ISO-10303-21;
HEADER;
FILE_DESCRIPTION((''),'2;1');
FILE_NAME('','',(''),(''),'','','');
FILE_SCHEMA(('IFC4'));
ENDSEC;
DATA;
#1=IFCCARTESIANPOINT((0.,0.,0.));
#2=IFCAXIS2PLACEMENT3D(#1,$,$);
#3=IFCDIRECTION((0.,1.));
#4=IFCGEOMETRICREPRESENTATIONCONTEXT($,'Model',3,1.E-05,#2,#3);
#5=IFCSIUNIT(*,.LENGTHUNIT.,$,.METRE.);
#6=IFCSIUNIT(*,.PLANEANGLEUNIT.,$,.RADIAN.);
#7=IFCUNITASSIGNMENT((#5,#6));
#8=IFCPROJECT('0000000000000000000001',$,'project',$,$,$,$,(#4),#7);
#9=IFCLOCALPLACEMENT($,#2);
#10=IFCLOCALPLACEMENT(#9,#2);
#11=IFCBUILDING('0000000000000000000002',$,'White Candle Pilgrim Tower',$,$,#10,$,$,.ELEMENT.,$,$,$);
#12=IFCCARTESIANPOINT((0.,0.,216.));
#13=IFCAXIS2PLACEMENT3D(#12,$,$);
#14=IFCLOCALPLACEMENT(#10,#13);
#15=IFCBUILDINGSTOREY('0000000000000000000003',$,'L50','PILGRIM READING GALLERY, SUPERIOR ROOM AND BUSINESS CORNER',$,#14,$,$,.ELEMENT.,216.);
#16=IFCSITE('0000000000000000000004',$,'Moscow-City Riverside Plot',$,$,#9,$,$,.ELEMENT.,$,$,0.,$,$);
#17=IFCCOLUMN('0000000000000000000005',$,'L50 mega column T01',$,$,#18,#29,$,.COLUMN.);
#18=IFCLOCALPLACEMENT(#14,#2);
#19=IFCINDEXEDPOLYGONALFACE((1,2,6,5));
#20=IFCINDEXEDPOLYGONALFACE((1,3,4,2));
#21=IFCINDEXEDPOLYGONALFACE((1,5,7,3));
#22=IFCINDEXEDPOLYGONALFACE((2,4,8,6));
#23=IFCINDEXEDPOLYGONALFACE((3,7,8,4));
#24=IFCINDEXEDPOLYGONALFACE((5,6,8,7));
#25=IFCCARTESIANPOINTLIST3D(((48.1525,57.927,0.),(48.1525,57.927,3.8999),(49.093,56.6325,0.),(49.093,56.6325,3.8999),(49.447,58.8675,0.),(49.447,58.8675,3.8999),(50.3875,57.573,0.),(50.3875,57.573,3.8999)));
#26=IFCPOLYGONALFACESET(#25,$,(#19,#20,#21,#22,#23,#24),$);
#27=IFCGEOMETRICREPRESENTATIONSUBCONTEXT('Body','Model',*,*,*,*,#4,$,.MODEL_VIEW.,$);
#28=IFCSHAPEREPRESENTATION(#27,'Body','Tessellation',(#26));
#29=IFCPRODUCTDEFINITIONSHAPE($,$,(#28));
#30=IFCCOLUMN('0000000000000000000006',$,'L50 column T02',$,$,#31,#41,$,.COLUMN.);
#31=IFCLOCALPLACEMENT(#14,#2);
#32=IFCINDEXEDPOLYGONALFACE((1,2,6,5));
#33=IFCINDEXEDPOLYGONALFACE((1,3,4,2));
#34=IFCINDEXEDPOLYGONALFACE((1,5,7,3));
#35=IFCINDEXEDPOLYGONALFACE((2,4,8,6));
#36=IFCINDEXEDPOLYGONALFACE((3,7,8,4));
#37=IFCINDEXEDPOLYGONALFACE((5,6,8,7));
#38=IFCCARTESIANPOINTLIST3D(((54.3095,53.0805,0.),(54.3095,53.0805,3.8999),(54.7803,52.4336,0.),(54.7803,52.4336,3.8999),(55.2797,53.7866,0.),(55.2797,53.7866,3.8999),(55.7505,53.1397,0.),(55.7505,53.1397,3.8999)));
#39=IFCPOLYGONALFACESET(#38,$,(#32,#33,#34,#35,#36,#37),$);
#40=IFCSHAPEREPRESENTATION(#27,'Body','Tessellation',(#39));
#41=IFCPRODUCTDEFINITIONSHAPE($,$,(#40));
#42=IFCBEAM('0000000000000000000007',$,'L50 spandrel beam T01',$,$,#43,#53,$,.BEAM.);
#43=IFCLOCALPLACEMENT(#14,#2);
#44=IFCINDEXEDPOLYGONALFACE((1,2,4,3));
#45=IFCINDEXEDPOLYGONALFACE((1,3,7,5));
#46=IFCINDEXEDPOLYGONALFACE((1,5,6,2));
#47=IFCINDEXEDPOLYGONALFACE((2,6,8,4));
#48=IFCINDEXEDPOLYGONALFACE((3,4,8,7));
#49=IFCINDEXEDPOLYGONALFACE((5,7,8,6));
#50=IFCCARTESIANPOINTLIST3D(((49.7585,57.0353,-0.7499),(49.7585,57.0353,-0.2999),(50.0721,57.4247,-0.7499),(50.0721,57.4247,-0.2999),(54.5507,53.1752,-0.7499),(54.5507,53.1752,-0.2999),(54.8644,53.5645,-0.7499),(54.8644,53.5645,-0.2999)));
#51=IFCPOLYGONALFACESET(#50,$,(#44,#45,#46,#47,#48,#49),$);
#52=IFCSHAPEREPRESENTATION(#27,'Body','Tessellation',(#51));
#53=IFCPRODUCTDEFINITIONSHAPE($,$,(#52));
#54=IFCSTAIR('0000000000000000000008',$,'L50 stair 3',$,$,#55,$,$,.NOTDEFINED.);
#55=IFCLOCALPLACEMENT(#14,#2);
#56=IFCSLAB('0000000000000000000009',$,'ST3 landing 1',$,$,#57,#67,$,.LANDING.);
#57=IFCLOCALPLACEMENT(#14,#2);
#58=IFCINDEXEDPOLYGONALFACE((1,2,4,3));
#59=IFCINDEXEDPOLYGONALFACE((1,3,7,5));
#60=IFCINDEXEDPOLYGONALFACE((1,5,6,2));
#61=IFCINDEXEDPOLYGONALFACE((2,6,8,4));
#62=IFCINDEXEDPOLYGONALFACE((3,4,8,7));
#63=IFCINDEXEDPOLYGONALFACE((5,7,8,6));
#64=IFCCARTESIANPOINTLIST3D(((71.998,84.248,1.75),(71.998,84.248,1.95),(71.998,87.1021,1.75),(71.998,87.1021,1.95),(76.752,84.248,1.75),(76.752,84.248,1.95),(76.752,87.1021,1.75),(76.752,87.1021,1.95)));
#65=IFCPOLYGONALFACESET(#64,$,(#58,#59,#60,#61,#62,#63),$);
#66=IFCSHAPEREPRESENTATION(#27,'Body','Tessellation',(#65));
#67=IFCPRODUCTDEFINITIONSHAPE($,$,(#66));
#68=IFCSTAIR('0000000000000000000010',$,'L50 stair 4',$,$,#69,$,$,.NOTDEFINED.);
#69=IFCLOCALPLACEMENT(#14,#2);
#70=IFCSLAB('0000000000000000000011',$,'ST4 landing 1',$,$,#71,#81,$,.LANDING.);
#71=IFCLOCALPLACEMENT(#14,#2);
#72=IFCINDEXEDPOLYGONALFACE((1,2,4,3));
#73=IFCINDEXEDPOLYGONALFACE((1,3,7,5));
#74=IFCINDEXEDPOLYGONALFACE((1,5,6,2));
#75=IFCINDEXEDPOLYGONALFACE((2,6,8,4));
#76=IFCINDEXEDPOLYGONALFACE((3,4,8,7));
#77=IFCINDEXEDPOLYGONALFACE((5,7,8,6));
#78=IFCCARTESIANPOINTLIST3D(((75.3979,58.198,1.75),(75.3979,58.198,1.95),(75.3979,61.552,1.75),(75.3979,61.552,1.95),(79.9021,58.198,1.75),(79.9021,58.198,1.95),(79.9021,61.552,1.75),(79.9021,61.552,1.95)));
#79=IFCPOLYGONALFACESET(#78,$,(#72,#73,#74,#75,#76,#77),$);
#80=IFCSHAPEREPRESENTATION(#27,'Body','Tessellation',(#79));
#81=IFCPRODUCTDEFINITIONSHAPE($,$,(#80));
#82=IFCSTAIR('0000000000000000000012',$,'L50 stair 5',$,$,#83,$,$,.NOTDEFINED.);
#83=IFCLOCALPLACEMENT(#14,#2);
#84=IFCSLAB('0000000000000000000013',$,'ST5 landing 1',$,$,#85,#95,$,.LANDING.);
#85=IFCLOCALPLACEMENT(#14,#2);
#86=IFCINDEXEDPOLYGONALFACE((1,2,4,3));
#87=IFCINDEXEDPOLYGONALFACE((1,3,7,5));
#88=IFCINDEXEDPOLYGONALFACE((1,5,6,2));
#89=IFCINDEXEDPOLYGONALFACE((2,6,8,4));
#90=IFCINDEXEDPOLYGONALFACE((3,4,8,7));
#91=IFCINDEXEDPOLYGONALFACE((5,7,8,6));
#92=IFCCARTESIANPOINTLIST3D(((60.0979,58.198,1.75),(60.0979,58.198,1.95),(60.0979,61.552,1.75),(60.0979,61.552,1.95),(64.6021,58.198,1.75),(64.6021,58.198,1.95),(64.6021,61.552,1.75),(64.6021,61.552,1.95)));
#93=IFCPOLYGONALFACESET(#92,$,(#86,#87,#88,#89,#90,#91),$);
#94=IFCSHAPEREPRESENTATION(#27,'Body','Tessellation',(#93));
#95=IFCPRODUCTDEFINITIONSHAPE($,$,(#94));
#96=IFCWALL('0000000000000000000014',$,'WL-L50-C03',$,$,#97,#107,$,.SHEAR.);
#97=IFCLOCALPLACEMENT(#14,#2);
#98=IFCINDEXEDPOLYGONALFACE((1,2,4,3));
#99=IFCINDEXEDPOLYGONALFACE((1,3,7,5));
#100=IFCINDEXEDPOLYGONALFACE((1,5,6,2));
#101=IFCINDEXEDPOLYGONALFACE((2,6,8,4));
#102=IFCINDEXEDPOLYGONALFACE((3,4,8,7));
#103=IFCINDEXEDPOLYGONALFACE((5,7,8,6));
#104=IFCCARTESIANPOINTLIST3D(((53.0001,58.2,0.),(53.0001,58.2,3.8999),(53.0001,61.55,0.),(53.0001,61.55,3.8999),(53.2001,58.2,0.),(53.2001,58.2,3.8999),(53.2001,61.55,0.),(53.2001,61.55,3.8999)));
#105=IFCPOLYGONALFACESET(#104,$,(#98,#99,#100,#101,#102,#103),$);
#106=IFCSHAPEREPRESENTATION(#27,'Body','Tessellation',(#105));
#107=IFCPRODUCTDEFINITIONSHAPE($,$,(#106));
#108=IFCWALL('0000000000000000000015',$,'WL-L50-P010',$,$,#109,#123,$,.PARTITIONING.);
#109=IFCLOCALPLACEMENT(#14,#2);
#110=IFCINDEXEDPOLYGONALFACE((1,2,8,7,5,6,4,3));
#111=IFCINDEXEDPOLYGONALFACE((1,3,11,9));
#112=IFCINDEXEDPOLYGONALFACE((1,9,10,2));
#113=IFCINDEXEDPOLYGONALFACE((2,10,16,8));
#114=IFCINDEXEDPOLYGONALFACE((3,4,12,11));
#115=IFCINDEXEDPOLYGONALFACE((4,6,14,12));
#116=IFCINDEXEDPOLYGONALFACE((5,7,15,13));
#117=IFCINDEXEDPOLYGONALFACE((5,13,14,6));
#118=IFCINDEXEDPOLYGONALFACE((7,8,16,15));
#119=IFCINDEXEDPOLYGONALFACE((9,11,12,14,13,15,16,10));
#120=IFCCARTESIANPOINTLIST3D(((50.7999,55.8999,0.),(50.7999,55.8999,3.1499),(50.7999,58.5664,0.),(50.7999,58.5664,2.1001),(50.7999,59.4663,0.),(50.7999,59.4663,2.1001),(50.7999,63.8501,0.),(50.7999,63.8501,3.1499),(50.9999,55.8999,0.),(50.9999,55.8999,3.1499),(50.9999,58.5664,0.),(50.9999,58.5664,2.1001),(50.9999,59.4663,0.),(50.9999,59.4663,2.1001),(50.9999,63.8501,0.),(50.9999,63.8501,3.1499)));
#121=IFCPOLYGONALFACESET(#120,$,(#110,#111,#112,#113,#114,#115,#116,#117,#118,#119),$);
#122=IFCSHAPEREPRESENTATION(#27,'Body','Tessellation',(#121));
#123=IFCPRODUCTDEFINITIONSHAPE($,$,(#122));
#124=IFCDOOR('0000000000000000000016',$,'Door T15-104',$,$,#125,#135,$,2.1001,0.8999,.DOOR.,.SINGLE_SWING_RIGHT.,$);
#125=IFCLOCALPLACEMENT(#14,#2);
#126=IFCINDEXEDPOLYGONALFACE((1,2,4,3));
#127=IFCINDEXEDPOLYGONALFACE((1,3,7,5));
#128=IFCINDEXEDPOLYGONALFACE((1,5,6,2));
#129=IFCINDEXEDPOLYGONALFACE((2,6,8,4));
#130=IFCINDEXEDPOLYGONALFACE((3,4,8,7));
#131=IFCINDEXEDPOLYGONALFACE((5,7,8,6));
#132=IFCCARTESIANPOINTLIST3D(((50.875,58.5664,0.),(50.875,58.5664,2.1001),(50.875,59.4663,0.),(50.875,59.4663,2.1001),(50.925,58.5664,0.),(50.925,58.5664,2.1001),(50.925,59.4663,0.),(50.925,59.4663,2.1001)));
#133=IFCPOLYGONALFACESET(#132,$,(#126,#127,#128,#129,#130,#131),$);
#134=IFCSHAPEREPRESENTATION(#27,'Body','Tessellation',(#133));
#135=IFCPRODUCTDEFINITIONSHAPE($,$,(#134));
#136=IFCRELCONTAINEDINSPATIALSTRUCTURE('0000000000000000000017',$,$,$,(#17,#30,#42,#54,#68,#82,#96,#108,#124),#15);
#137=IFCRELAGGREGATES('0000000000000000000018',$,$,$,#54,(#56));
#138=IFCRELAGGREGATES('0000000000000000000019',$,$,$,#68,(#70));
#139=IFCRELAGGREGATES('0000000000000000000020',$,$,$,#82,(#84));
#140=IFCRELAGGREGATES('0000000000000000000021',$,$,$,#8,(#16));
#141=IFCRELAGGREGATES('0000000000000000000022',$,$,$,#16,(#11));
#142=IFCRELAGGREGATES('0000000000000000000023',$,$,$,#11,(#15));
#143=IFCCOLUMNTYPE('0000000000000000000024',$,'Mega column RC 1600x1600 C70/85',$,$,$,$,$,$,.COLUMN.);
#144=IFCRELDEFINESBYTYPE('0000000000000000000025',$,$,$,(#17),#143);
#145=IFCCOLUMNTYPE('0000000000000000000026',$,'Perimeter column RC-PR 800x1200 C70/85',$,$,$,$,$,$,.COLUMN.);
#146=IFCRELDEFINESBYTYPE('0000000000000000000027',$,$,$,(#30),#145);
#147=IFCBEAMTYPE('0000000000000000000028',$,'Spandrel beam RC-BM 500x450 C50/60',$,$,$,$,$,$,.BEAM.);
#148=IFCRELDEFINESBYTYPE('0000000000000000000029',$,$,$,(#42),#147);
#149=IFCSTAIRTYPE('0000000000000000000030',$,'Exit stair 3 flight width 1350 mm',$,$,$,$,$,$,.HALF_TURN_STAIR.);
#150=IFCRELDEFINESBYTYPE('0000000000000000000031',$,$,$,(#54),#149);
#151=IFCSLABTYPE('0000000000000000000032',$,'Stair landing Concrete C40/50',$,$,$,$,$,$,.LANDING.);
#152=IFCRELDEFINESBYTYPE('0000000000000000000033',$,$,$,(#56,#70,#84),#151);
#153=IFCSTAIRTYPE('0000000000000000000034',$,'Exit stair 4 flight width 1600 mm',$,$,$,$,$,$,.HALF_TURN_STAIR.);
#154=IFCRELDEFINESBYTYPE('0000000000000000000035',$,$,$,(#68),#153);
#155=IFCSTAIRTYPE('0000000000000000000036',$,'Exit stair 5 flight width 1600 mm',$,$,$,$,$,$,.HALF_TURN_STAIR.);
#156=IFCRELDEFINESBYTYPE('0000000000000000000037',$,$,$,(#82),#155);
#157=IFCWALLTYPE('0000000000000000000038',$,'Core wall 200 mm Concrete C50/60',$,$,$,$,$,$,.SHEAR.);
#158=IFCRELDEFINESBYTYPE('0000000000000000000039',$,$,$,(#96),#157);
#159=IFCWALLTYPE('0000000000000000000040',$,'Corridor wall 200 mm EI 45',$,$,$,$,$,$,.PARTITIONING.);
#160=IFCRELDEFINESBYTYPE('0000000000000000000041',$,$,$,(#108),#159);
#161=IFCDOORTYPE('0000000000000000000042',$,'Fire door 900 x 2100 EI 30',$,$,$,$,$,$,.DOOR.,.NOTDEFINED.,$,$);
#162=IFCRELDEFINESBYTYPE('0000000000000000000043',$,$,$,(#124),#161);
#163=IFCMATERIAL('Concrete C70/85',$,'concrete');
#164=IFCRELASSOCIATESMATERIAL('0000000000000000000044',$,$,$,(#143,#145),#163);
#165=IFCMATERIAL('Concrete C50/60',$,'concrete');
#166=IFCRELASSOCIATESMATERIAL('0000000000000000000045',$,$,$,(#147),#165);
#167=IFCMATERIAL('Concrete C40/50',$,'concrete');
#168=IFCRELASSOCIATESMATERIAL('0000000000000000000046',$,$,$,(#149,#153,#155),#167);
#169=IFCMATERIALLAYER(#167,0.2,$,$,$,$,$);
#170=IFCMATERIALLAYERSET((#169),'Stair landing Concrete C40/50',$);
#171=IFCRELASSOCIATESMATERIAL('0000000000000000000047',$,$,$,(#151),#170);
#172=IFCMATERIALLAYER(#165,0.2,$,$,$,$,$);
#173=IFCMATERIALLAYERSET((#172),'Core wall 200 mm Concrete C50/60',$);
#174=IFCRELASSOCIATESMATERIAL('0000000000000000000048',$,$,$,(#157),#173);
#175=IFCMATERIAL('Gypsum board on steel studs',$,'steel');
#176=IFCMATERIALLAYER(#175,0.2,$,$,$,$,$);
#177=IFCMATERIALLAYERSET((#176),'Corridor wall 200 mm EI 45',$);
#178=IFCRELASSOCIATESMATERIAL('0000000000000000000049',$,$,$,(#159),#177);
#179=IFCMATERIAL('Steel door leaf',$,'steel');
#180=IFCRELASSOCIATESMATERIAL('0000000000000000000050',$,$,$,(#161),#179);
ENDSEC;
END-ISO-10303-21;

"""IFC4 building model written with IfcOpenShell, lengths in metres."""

from ifc_helpers import new_model, si_unit, direction, frame, frame_2d, origin, origin_2d, place, context, subcontext, project, spatial, polyline, rectangle, outline, extrude, material, layer, layer_set, material_profile, profile_set, type_object, element, fill, aggregate, save


model = new_model("IFC4")

# Units and contexts
model_context = context("Model", 3, precision=1e-05, world=origin(), true_north=direction((0.0, 1.0)))
body_context = subcontext(model_context, "Body", "Model", "MODEL_VIEW")
ifc_project = project(units=[si_unit("LENGTHUNIT", "METRE"), si_unit("PLANEANGLEUNIT", "RADIAN")], contexts=[model_context])

# Site, building, storey
site_placement = place(None, origin())
site = spatial("IfcSite", under=ifc_project, at=site_placement, Name="Moscow-City Riverside Plot", CompositionType="ELEMENT", RefElevation=0.0)
building_placement = place(site_placement, origin())
building = spatial("IfcBuilding", under=site, at=building_placement, Name="White Candle Pilgrim Tower", CompositionType="ELEMENT")
storey_placement = place(building_placement, frame((0.0, 0.0, 216.0)))
storey = spatial("IfcBuildingStorey", under=building, at=storey_placement, Name="L50", Description="PILGRIM READING GALLERY, SUPERIOR ROOM AND BUSINESS CORNER", CompositionType="ELEMENT", Elevation=216.0)

# Columns
ifc_material_1 = material(Name="Concrete C70/85", Category="concrete")
ifc_material_profile_1 = material_profile(ifc_material_1, rectangle(XDim=1.6001, YDim=1.6001, at=origin_2d()), Name="RC 1600x1600")
ifc_profile_set_1 = profile_set([ifc_material_profile_1], Name="Concrete C70/85")
column_type_1 = type_object("IfcColumnType", Name="Mega column RC 1600x1600 C70/85", PredefinedType="COLUMN", material=ifc_profile_set_1)
column_1_placement = place(storey_placement, frame((49.27, 57.75, 0.0), z_axis=(0.0, 0.0, 1.0), x_axis=(-0.809017, -0.587785, 0.0)))
element("IfcColumn", 1, at=column_1_placement, inside=storey, type_object=column_type_1, Name="L50 mega column T01", PredefinedType="COLUMN", context=body_context, shape_type="SweptSolid", body=[
    extrude(rectangle(XDim=1.6001, YDim=1.6001, at=origin_2d()), origin(), (0.0, 0.0, 1.0), 3.8999),
])
ifc_material_profile_2 = material_profile(ifc_material_1, rectangle(XDim=0.8, YDim=1.2, at=origin_2d()), Name="RC-PR 800x1200")
ifc_profile_set_2 = profile_set([ifc_material_profile_2], Name="Concrete C70/85")
column_type_2 = type_object("IfcColumnType", Name="Perimeter column RC-PR 800x1200 C70/85", PredefinedType="COLUMN", material=ifc_profile_set_2)
column_2_placement = place(storey_placement, frame((55.03, 53.1101, 0.0), z_axis=(0.0, 0.0, 1.0), x_axis=(-0.588463, 0.808524, 0.0)))
element("IfcColumn", 2, at=column_2_placement, inside=storey, type_object=column_type_2, Name="L50 column T02", PredefinedType="COLUMN", context=body_context, shape_type="SweptSolid", body=[
    extrude(rectangle(XDim=0.8, YDim=1.2, at=origin_2d()), origin(), (0.0, 0.0, 1.0), 3.8999),
])

# Beam
ifc_material_2 = material(Name="Concrete C50/60", Category="concrete")
ifc_material_profile_3 = material_profile(ifc_material_2, rectangle(XDim=0.5, YDim=0.45, at=origin_2d()), Name="RC-BM 500x450")
ifc_profile_set_3 = profile_set([ifc_material_profile_3], Name="Concrete C50/60")
beam_type = type_object("IfcBeamType", Name="Spandrel beam RC-BM 500x450 C50/60", PredefinedType="BEAM", material=ifc_profile_set_3)
beam_placement = place(storey_placement, frame((49.9153, 57.23, -0.5249), z_axis=(0.778778, -0.627299, 0.0), x_axis=(0.627299, 0.778778, 0.0)))
element("IfcBeam", 3, at=beam_placement, inside=storey, type_object=beam_type, Name="L50 spandrel beam T01", PredefinedType="BEAM", context=body_context, shape_type="SweptSolid", body=[
    extrude(rectangle(XDim=0.5, YDim=0.45, at=origin_2d()), origin(), (0.0, 0.0, 1.0), 6.1536),
])

# Stairs, slabs
ifc_material_3 = material(Name="Concrete C40/50", Category="concrete")
stair_type_1 = type_object("IfcStairType", Name="Exit stair 3 flight width 1350 mm", PredefinedType="HALF_TURN_STAIR", material=ifc_material_3)
stair_1_placement = place(storey_placement, origin())
stair_1 = element("IfcStair", 4, at=stair_1_placement, inside=storey, type_object=stair_type_1, Name="L50 stair 3", PredefinedType="NOTDEFINED")
ifc_layer_1 = layer(ifc_material_3, 0.2)
ifc_layer_set_1 = layer_set([ifc_layer_1], Name="Stair landing Concrete C40/50")
slab_type = type_object("IfcSlabType", Name="Stair landing Concrete C40/50", PredefinedType="LANDING", material=ifc_layer_set_1)
slab_1_placement = place(storey_placement, frame((0.0, 0.0, 1.75)))
slab_1 = element("IfcSlab", 5, at=slab_1_placement, type_object=slab_type, Name="ST3 landing 1", PredefinedType="LANDING", context=body_context, shape_type="SweptSolid", body=[
    extrude(outline(polyline([(71.998, 84.248), (71.998, 87.1021), (76.752, 87.1021), (76.752, 84.248), (71.998, 84.248)])), origin(), (0.0, 0.0, 1.0), 0.2),
])
aggregate(stair_1, [slab_1])
stair_type_2 = type_object("IfcStairType", Name="Exit stair 4 flight width 1600 mm", PredefinedType="HALF_TURN_STAIR", material=ifc_material_3)
stair_2_placement = place(storey_placement, origin())
stair_2 = element("IfcStair", 6, at=stair_2_placement, inside=storey, type_object=stair_type_2, Name="L50 stair 4", PredefinedType="NOTDEFINED")
slab_2_placement = place(storey_placement, frame((0.0, 0.0, 1.75)))
slab_2 = element("IfcSlab", 7, at=slab_2_placement, type_object=slab_type, Name="ST4 landing 1", PredefinedType="LANDING", context=body_context, shape_type="SweptSolid", body=[
    extrude(outline(polyline([(79.9021, 61.552), (79.9021, 58.198), (75.3979, 58.198), (75.3979, 61.552), (79.9021, 61.552)])), origin(), (0.0, 0.0, 1.0), 0.2),
])
aggregate(stair_2, [slab_2])
stair_type_3 = type_object("IfcStairType", Name="Exit stair 5 flight width 1600 mm", PredefinedType="HALF_TURN_STAIR", material=ifc_material_3)
stair_3_placement = place(storey_placement, origin())
stair_3 = element("IfcStair", 8, at=stair_3_placement, inside=storey, type_object=stair_type_3, Name="L50 stair 5", PredefinedType="NOTDEFINED")
slab_3_placement = place(storey_placement, frame((0.0, 0.0, 1.75)))
slab_3 = element("IfcSlab", 9, at=slab_3_placement, type_object=slab_type, Name="ST5 landing 1", PredefinedType="LANDING", context=body_context, shape_type="SweptSolid", body=[
    extrude(outline(polyline([(60.0979, 58.198), (60.0979, 61.552), (64.6021, 61.552), (64.6021, 58.198), (60.0979, 58.198)])), origin(), (0.0, 0.0, 1.0), 0.2),
])
aggregate(stair_3, [slab_3])

# Wall
ifc_layer_2 = layer(ifc_material_2, 0.2)
ifc_layer_set_2 = layer_set([ifc_layer_2], Name="Core wall 200 mm Concrete C50/60")
wall_type_1 = type_object("IfcWallType", Name="Core wall 200 mm Concrete C50/60", PredefinedType="SHEAR", material=ifc_layer_set_2)
wall_1_placement = place(storey_placement, frame((53.1001, 58.2, 0.0), z_axis=(0.0, 0.0, 1.0), x_axis=(0.0, 1.0, 0.0)))
element("IfcWall", 10, at=wall_1_placement, inside=storey, type_object=wall_type_1, Name="WL-L50-C03", PredefinedType="SHEAR", context=body_context, shape_type="SweptSolid", body=[
    extrude(rectangle(XDim=3.3501, YDim=0.2, at=frame_2d((1.675, 0.0))), origin(), (0.0, 0.0, 1.0), 3.8999),
])

# Wall, opening, door
ifc_material_4 = material(Name="Gypsum board on steel studs", Category="steel")
ifc_layer_3 = layer(ifc_material_4, 0.2)
ifc_layer_set_3 = layer_set([ifc_layer_3], Name="Corridor wall 200 mm EI 45")
wall_type_2 = type_object("IfcWallType", Name="Corridor wall 200 mm EI 45", PredefinedType="PARTITIONING", material=ifc_layer_set_3)
wall_2_placement = place(storey_placement, frame((50.8999, 55.8999, 0.0), z_axis=(0.0, 0.0, 1.0), x_axis=(0.0, 1.0, 0.0)))
wall_2 = element("IfcWall", 11, at=wall_2_placement, inside=storey, type_object=wall_type_2, Name="WL-L50-P010", PredefinedType="PARTITIONING", context=body_context, shape_type="SweptSolid", body=[
    extrude(rectangle(XDim=7.9502, YDim=0.2, at=frame_2d((3.9751, 0.0))), origin(), (0.0, 0.0, 1.0), 3.1499),
])
opening_1_placement = place(wall_2_placement, frame((2.6665, 0.0, 0.0)))
opening_1 = element("IfcOpeningElement", 12, at=opening_1_placement, cuts=wall_2, PredefinedType="OPENING", context=body_context, shape_type="SweptSolid", body=[
    extrude(rectangle(XDim=0.8999, YDim=2.1001, at=frame_2d((0.45, 1.05))), frame((0.0, 0.1099, 0.0), z_axis=(0.0, -1.0, 0.0), x_axis=(1.0, 0.0, 0.0)), (0.0, 0.0, 1.0), 0.22),
])
ifc_material_5 = material(Name="Steel door leaf", Category="steel")
door_type_1 = type_object("IfcDoorType", Name="Fire door 900 x 2100 EI 30", OperationType="NOTDEFINED", PredefinedType="DOOR", material=ifc_material_5)
door_1_placement = place(opening_1_placement, origin())
door_1 = element("IfcDoor", 13, at=door_1_placement, inside=storey, type_object=door_type_1, Name="Door T15-104", OperationType="SINGLE_SWING_RIGHT", OverallHeight=2.1001, OverallWidth=0.8999, PredefinedType="DOOR", context=body_context, shape_type="SweptSolid", body=[
    extrude(rectangle(XDim=0.8999, YDim=2.1001, at=frame_2d((0.45, 1.05))), frame((0.0, 0.0249, 0.0), z_axis=(0.0, -1.0, 0.0), x_axis=(1.0, 0.0, 0.0)), (0.0, 0.0, 1.0), 0.05),
])
fill(opening_1, door_1)

save(model, "model.ifc")
